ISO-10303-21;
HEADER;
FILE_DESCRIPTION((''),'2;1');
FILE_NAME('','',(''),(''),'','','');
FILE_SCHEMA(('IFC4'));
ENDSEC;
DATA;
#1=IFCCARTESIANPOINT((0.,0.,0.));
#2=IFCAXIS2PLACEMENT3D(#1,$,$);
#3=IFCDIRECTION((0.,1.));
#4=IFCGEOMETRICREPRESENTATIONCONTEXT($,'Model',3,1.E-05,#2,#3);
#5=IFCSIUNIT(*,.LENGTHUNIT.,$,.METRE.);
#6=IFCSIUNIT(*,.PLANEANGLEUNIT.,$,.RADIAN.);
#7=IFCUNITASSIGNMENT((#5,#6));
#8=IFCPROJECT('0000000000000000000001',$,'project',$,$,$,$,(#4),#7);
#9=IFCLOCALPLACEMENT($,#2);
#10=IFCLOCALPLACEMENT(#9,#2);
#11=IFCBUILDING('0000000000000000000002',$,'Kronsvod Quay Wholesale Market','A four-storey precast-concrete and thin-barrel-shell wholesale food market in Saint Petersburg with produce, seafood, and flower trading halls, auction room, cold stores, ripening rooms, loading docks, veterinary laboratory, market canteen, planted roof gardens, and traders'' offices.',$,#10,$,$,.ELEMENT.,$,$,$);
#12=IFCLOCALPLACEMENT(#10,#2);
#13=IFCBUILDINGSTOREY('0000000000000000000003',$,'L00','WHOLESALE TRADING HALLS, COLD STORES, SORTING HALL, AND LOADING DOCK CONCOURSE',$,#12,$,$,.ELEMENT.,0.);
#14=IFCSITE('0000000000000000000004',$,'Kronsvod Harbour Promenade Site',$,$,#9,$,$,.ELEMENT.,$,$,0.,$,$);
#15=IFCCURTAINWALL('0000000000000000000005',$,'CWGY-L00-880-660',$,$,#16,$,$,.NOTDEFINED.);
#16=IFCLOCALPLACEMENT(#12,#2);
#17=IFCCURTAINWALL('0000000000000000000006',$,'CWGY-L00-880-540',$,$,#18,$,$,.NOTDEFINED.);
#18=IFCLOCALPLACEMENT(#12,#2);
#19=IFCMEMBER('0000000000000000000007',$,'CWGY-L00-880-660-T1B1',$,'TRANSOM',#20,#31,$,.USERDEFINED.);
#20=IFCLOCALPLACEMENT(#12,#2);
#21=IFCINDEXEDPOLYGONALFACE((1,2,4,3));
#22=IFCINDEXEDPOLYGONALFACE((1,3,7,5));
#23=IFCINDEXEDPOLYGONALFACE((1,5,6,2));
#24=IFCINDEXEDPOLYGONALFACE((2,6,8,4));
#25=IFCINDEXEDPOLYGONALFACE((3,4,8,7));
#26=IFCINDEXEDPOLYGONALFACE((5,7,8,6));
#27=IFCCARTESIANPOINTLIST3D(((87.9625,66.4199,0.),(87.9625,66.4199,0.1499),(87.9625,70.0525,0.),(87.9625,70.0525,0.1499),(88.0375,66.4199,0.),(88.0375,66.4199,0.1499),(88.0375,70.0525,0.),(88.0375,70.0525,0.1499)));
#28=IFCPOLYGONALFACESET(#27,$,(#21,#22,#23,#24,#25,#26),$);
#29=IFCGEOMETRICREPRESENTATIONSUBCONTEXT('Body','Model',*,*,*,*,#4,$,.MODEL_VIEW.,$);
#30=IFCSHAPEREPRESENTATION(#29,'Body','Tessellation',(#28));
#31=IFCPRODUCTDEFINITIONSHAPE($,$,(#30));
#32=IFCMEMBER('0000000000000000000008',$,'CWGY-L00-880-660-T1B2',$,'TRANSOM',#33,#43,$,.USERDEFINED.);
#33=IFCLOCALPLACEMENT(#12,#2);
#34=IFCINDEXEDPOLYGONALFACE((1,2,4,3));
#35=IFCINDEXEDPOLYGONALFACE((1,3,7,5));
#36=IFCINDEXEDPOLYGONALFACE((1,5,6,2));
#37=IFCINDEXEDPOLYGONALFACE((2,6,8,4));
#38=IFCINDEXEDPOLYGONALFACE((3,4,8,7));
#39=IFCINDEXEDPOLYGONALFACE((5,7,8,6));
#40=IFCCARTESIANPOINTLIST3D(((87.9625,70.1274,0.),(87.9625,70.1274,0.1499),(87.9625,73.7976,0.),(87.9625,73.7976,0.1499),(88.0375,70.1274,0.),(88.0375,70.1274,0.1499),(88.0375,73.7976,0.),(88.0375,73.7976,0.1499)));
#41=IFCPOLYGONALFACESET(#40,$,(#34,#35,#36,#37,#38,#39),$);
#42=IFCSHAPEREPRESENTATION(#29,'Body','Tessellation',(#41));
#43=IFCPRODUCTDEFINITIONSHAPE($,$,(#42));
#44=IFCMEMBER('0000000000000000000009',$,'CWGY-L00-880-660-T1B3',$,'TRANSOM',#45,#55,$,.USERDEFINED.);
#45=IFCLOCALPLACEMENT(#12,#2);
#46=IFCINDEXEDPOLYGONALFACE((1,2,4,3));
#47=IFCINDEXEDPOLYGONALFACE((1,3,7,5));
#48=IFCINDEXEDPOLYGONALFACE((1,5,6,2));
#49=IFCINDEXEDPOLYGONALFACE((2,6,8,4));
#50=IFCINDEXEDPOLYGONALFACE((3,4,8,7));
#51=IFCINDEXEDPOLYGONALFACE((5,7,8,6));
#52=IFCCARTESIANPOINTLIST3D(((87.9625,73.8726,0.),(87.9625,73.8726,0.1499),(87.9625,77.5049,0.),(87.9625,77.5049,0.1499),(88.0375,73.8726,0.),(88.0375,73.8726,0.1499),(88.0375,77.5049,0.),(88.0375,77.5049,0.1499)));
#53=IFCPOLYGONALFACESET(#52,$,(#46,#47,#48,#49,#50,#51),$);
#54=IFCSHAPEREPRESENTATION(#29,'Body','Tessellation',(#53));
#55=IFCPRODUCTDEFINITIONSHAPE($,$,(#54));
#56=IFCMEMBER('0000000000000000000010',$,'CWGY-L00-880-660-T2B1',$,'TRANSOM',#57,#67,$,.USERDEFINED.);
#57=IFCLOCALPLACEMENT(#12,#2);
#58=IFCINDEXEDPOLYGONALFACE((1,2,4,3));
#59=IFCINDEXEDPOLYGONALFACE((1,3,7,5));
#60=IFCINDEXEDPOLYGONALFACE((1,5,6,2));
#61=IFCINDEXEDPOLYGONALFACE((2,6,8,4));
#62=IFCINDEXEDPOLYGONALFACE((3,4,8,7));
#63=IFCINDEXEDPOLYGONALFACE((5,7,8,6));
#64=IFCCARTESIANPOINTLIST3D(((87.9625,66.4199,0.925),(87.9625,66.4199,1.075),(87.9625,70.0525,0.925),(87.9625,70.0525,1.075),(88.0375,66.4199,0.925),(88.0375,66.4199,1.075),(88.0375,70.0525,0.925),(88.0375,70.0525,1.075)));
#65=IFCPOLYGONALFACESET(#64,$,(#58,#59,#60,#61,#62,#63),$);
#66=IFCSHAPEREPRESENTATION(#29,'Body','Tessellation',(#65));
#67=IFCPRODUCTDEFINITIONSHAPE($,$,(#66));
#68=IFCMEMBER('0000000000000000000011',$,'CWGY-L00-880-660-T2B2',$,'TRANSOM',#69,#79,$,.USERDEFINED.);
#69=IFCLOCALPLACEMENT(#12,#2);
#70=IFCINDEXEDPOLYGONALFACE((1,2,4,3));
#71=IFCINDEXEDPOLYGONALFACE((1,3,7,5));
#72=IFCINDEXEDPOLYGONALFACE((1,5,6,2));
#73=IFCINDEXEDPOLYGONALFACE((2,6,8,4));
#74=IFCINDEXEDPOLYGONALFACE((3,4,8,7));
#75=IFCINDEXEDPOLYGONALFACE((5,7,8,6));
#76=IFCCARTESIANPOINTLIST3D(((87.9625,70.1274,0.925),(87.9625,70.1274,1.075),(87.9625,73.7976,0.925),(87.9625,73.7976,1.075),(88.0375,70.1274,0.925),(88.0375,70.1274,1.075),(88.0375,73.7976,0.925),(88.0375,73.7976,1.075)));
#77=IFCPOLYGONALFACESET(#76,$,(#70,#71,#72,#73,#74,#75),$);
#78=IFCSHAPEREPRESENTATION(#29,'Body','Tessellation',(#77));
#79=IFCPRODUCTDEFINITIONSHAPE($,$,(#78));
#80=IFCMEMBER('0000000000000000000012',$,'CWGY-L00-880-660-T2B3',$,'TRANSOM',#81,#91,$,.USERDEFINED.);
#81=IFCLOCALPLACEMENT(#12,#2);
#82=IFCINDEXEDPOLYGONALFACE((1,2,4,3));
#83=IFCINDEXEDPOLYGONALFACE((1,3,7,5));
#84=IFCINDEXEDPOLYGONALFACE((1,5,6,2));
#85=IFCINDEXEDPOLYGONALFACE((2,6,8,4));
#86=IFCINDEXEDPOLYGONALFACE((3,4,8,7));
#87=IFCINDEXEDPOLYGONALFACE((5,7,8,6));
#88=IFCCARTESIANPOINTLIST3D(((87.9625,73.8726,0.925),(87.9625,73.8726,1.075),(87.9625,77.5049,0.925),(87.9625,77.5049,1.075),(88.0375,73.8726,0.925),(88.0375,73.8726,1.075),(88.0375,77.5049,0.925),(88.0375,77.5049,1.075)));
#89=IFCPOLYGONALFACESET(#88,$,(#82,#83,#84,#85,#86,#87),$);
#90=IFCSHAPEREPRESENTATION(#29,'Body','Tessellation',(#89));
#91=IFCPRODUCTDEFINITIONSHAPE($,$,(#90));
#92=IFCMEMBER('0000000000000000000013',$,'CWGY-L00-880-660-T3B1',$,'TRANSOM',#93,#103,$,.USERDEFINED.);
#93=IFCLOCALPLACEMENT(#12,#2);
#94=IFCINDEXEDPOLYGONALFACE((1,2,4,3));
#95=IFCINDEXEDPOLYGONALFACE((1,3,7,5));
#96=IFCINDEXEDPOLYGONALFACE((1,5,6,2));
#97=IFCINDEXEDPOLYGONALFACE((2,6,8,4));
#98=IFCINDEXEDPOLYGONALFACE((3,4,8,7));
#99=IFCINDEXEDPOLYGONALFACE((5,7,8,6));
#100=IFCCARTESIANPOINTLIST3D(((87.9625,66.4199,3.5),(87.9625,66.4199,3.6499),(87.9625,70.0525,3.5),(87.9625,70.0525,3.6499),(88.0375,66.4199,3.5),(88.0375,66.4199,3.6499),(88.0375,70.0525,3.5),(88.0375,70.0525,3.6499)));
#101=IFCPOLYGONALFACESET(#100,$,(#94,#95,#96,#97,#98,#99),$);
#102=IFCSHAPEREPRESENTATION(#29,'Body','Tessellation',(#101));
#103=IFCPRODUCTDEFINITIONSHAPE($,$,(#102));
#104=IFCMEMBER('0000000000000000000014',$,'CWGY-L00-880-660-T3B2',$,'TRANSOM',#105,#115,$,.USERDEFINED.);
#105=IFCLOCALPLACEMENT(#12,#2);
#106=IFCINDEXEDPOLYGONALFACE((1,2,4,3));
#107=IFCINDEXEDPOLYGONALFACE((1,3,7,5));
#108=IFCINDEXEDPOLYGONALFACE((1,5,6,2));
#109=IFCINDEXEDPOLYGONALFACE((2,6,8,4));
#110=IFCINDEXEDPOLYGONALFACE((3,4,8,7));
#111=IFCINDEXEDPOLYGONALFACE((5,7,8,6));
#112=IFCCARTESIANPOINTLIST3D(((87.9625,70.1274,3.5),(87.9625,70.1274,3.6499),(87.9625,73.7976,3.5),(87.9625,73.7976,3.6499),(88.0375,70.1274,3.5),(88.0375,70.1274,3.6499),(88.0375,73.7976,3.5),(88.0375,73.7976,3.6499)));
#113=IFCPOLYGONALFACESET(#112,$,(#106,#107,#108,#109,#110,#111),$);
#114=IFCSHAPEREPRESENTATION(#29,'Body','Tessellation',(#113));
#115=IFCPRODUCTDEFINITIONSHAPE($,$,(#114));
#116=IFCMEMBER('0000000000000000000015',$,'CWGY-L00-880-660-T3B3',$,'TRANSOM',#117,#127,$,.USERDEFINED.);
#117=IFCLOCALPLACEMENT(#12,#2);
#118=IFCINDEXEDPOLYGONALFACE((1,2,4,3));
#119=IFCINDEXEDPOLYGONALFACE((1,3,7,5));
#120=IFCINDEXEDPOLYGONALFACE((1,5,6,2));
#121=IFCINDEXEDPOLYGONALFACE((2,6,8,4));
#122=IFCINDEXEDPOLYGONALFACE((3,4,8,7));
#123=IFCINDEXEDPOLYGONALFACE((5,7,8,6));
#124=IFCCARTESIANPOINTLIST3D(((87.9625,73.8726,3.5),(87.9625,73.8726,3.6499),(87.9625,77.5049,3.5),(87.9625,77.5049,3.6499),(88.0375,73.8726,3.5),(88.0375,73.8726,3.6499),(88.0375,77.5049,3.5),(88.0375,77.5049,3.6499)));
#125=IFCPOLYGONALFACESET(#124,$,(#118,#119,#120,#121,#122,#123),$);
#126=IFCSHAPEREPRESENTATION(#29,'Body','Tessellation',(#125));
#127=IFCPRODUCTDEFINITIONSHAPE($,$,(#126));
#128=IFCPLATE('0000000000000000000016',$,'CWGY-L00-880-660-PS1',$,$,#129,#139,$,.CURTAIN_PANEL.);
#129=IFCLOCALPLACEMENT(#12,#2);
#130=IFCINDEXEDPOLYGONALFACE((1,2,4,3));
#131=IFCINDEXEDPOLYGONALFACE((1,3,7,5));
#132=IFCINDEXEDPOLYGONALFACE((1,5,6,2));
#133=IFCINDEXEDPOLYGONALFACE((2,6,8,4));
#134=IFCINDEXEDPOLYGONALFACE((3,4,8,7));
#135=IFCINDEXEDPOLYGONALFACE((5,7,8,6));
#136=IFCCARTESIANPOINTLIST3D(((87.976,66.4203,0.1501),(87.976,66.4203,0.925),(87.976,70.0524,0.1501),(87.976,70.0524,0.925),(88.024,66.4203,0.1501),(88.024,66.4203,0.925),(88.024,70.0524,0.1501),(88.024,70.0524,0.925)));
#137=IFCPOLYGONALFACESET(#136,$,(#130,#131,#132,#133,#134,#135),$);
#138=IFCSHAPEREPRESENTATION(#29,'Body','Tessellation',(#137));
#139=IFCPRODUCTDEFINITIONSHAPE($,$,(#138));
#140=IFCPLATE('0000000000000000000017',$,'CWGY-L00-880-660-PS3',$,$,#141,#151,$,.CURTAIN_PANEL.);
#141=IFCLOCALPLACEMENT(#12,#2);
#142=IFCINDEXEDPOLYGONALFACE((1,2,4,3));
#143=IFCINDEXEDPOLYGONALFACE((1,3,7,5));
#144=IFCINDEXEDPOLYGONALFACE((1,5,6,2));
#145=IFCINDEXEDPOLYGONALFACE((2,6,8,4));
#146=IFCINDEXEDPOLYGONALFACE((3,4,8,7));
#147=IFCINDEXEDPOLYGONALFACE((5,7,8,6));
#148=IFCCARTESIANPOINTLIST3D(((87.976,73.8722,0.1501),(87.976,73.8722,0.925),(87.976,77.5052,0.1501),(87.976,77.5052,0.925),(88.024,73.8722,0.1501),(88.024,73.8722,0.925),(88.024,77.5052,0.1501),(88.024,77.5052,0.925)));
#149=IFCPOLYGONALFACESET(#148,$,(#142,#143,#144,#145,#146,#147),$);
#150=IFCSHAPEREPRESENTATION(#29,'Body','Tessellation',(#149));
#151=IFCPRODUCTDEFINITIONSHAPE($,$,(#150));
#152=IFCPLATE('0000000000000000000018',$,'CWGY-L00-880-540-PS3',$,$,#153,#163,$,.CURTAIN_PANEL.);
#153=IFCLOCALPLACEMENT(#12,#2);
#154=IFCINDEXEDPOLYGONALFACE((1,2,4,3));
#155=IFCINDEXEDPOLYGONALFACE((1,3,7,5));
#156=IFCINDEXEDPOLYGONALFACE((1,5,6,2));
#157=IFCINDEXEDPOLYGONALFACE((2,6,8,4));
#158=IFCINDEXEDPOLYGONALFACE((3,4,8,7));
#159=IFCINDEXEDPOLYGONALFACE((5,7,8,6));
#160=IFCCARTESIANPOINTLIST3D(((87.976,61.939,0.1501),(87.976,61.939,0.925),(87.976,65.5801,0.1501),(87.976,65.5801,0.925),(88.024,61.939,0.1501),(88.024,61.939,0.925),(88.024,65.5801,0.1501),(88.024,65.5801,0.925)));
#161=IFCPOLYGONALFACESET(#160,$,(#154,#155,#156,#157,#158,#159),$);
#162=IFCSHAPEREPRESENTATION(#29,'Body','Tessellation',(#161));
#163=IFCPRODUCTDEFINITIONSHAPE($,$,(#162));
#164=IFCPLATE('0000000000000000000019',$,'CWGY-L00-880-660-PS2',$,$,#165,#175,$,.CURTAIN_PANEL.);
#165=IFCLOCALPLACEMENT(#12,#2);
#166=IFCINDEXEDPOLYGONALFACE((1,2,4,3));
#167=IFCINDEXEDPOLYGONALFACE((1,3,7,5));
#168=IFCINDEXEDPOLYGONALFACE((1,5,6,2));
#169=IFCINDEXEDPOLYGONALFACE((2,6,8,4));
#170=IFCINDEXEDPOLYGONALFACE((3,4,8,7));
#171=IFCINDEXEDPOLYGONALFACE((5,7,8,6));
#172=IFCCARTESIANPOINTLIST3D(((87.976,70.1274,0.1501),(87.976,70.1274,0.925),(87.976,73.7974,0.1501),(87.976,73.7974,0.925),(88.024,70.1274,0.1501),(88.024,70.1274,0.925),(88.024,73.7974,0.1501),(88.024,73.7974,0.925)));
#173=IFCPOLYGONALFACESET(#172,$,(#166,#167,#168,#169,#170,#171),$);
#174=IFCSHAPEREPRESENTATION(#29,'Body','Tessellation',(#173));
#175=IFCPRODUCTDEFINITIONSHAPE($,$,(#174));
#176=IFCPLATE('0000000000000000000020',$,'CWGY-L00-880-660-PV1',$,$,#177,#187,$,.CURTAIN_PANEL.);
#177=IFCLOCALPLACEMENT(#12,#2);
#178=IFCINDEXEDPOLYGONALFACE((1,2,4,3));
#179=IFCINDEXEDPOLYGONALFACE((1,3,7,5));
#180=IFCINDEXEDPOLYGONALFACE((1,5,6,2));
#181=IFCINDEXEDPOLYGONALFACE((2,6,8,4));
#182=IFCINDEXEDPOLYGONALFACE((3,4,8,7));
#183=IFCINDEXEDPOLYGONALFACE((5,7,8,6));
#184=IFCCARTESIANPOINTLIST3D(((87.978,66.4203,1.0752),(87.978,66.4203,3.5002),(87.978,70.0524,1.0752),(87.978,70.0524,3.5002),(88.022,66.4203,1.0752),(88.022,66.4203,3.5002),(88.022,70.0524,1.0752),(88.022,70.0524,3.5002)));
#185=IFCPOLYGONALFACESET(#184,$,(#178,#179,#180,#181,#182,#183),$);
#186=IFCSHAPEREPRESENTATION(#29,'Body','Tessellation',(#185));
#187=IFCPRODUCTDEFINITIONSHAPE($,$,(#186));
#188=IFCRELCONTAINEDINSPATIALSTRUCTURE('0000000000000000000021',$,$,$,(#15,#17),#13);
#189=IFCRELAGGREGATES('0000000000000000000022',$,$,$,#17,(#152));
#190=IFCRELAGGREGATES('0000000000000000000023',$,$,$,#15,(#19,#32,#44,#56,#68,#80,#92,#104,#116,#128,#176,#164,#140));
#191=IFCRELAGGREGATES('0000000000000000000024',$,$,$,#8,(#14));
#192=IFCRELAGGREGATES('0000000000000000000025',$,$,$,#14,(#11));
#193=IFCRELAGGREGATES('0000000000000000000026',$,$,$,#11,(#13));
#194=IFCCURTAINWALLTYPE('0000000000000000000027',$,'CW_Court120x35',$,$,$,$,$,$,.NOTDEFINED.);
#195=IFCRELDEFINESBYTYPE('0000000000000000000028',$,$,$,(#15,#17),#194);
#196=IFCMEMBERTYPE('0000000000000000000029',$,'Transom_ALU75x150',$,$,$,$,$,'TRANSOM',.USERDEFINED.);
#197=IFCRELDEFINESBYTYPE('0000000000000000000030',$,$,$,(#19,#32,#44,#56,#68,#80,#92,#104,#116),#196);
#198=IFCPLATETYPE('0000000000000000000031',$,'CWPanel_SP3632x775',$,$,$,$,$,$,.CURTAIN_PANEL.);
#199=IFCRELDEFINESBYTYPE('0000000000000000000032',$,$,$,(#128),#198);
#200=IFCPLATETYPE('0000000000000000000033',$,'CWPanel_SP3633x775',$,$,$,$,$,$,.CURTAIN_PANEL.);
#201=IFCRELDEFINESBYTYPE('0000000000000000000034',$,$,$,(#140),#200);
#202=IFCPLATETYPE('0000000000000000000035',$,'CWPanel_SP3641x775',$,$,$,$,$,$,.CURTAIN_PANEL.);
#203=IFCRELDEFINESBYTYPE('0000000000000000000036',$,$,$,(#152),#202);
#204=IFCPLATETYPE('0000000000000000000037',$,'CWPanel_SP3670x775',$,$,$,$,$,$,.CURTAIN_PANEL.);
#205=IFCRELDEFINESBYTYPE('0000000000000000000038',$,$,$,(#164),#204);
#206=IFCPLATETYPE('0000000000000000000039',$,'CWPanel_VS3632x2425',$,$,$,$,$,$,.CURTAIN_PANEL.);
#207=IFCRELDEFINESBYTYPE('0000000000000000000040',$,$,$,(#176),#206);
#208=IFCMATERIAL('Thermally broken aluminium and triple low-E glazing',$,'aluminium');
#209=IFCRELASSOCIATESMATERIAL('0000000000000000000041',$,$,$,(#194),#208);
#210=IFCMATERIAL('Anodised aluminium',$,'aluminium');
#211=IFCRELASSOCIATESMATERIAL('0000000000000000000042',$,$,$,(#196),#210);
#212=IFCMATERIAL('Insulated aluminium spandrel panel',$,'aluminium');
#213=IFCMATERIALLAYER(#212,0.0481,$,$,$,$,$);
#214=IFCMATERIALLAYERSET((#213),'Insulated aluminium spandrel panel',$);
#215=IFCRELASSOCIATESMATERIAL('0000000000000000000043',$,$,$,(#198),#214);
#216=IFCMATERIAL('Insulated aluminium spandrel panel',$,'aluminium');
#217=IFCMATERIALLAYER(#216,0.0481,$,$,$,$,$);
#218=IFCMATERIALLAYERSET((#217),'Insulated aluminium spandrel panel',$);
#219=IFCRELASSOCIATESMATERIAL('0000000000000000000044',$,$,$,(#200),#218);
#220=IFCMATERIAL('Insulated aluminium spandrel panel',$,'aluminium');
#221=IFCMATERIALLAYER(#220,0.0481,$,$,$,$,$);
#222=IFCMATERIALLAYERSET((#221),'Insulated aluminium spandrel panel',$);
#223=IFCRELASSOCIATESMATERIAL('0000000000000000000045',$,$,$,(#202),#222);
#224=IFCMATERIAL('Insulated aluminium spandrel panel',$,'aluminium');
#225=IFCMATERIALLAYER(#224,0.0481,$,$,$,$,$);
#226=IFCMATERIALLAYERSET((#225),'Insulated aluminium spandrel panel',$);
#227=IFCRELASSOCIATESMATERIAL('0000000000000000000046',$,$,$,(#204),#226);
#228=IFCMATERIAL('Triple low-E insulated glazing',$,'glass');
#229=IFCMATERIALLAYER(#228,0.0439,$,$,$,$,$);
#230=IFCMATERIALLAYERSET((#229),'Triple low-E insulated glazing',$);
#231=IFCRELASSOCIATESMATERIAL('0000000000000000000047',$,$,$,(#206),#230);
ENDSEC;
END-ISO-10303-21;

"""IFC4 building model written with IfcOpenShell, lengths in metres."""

from ifc_helpers import new_model, si_unit, direction, frame, origin, origin_2d, place, context, subcontext, project, spatial, rectangle, extrude, material, layer, layer_set, material_profile, profile_set, type_object, element, aggregate, save


model = new_model("IFC4")

# Units and contexts
model_context = context("Model", 3, precision=1e-05, world=origin(), true_north=direction((0.0, 1.0)))
body_context = subcontext(model_context, "Body", "Model", "MODEL_VIEW")
ifc_project = project(units=[si_unit("LENGTHUNIT", "METRE"), si_unit("PLANEANGLEUNIT", "RADIAN")], contexts=[model_context])

# Site, building, storey
site_placement = place(None, origin())
site = spatial("IfcSite", under=ifc_project, at=site_placement, Name="Kronsvod Harbour Promenade Site", CompositionType="ELEMENT", RefElevation=0.0)
building_placement = place(site_placement, origin())
building = spatial("IfcBuilding", under=site, at=building_placement, Name="Kronsvod Quay Wholesale Market", Description="A four-storey precast-concrete and thin-barrel-shell wholesale food market in Saint Petersburg with produce, seafood, and flower trading halls, auction room, cold stores, ripening rooms, loading docks, veterinary laboratory, market canteen, planted roof gardens, and traders' offices.", CompositionType="ELEMENT")
storey_placement = place(building_placement, origin())
storey = spatial("IfcBuildingStorey", under=building, at=storey_placement, Name="L00", Description="WHOLESALE TRADING HALLS, COLD STORES, SORTING HALL, AND LOADING DOCK CONCOURSE", CompositionType="ELEMENT", Elevation=0.0)

# Curtain wall
ifc_material_1 = material(Name="Thermally broken aluminium and triple low-E glazing", Category="aluminium")
curtain_wall_type = type_object("IfcCurtainWallType", Name="CW_Court120x35", PredefinedType="NOTDEFINED", material=ifc_material_1)
curtain_wall_1_placement = place(storey_placement, origin())
curtain_wall_1 = element("IfcCurtainWall", 1, at=curtain_wall_1_placement, inside=storey, type_object=curtain_wall_type, Name="CWGY-L00-880-660", PredefinedType="NOTDEFINED")

# Curtain wall
curtain_wall_2_placement = place(storey_placement, origin())
curtain_wall_2 = element("IfcCurtainWall", 2, at=curtain_wall_2_placement, inside=storey, type_object=curtain_wall_type, Name="CWGY-L00-880-540", PredefinedType="NOTDEFINED")
ifc_material_2 = material(Name="Anodised aluminium", Category="aluminium")
ifc_material_profile_1 = material_profile(ifc_material_2, rectangle(XDim=0.075, YDim=0.1499, at=origin_2d()), Name="ALUT75x150")
ifc_profile_set_1 = profile_set([ifc_material_profile_1], Name="Anodised aluminium")
member_type_1 = type_object("IfcMemberType", Name="Transom_ALU75x150", ElementType="TRANSOM", PredefinedType="USERDEFINED", material=ifc_profile_set_1)

# Members
member_1_placement = place(storey_placement, frame((88.0, 66.4199, 0.075), z_axis=(0.0, 1.0, 0.0), x_axis=(-1.0, 0.0, 0.0)))
member_1 = element("IfcMember", 3, at=member_1_placement, type_object=member_type_1, Name="CWGY-L00-880-660-T1B1", ObjectType="TRANSOM", PredefinedType="USERDEFINED", context=body_context, shape_type="SweptSolid", body=[
    extrude(rectangle(XDim=0.075, YDim=0.1499, at=origin_2d()), origin(), (0.0, 0.0, 1.0), 3.6326),
])
member_2_placement = place(storey_placement, frame((88.0, 70.1274, 0.075), z_axis=(0.0, 1.0, 0.0), x_axis=(-1.0, 0.0, 0.0)))
member_2 = element("IfcMember", 4, at=member_2_placement, type_object=member_type_1, Name="CWGY-L00-880-660-T1B2", ObjectType="TRANSOM", PredefinedType="USERDEFINED", context=body_context, shape_type="SweptSolid", body=[
    extrude(rectangle(XDim=0.075, YDim=0.1499, at=origin_2d()), origin(), (0.0, 0.0, 1.0), 3.6702),
])
member_3_placement = place(storey_placement, frame((88.0, 73.8726, 0.075), z_axis=(0.0, 1.0, 0.0), x_axis=(-1.0, 0.0, 0.0)))
member_3 = element("IfcMember", 5, at=member_3_placement, type_object=member_type_1, Name="CWGY-L00-880-660-T1B3", ObjectType="TRANSOM", PredefinedType="USERDEFINED", context=body_context, shape_type="SweptSolid", body=[
    extrude(rectangle(XDim=0.075, YDim=0.1499, at=origin_2d()), origin(), (0.0, 0.0, 1.0), 3.6323),
])
member_4_placement = place(storey_placement, frame((88.0, 66.4199, 1.0), z_axis=(0.0, 1.0, 0.0), x_axis=(-1.0, 0.0, 0.0)))
member_4 = element("IfcMember", 6, at=member_4_placement, type_object=member_type_1, Name="CWGY-L00-880-660-T2B1", ObjectType="TRANSOM", PredefinedType="USERDEFINED", context=body_context, shape_type="SweptSolid", body=[
    extrude(rectangle(XDim=0.075, YDim=0.1499, at=origin_2d()), origin(), (0.0, 0.0, 1.0), 3.6326),
])
member_5_placement = place(storey_placement, frame((88.0, 70.1274, 1.0), z_axis=(0.0, 1.0, 0.0), x_axis=(-1.0, 0.0, 0.0)))
member_5 = element("IfcMember", 7, at=member_5_placement, type_object=member_type_1, Name="CWGY-L00-880-660-T2B2", ObjectType="TRANSOM", PredefinedType="USERDEFINED", context=body_context, shape_type="SweptSolid", body=[
    extrude(rectangle(XDim=0.075, YDim=0.1499, at=origin_2d()), origin(), (0.0, 0.0, 1.0), 3.6702),
])
member_6_placement = place(storey_placement, frame((88.0, 73.8726, 1.0), z_axis=(0.0, 1.0, 0.0), x_axis=(-1.0, 0.0, 0.0)))
member_6 = element("IfcMember", 8, at=member_6_placement, type_object=member_type_1, Name="CWGY-L00-880-660-T2B3", ObjectType="TRANSOM", PredefinedType="USERDEFINED", context=body_context, shape_type="SweptSolid", body=[
    extrude(rectangle(XDim=0.075, YDim=0.1499, at=origin_2d()), origin(), (0.0, 0.0, 1.0), 3.6323),
])
member_7_placement = place(storey_placement, frame((88.0, 66.4199, 3.575), z_axis=(0.0, 1.0, 0.0), x_axis=(-1.0, 0.0, 0.0)))
member_7 = element("IfcMember", 9, at=member_7_placement, type_object=member_type_1, Name="CWGY-L00-880-660-T3B1", ObjectType="TRANSOM", PredefinedType="USERDEFINED", context=body_context, shape_type="SweptSolid", body=[
    extrude(rectangle(XDim=0.075, YDim=0.1499, at=origin_2d()), origin(), (0.0, 0.0, 1.0), 3.6326),
])
member_8_placement = place(storey_placement, frame((88.0, 70.1274, 3.575), z_axis=(0.0, 1.0, 0.0), x_axis=(-1.0, 0.0, 0.0)))
member_8 = element("IfcMember", 10, at=member_8_placement, type_object=member_type_1, Name="CWGY-L00-880-660-T3B2", ObjectType="TRANSOM", PredefinedType="USERDEFINED", context=body_context, shape_type="SweptSolid", body=[
    extrude(rectangle(XDim=0.075, YDim=0.1499, at=origin_2d()), origin(), (0.0, 0.0, 1.0), 3.6702),
])
member_9_placement = place(storey_placement, frame((88.0, 73.8726, 3.575), z_axis=(0.0, 1.0, 0.0), x_axis=(-1.0, 0.0, 0.0)))
member_9 = element("IfcMember", 11, at=member_9_placement, type_object=member_type_1, Name="CWGY-L00-880-660-T3B3", ObjectType="TRANSOM", PredefinedType="USERDEFINED", context=body_context, shape_type="SweptSolid", body=[
    extrude(rectangle(XDim=0.075, YDim=0.1499, at=origin_2d()), origin(), (0.0, 0.0, 1.0), 3.6323),
])

# Plates
ifc_material_3 = material(Name="Insulated aluminium spandrel panel", Category="aluminium")
ifc_layer_1 = layer(ifc_material_3, 0.0481)
ifc_layer_set_1 = layer_set([ifc_layer_1], Name="Insulated aluminium spandrel panel")
plate_type_1 = type_object("IfcPlateType", Name="CWPanel_SP3632x775", PredefinedType="CURTAIN_PANEL", material=ifc_layer_set_1)
plate_1_placement = place(storey_placement, frame((88.0, 68.2363, 0.1501), z_axis=(0.0, 0.0, 1.0), x_axis=(0.0, 1.0, 0.0)))
plate_1 = element("IfcPlate", 12, at=plate_1_placement, type_object=plate_type_1, Name="CWGY-L00-880-660-PS1", PredefinedType="CURTAIN_PANEL", context=body_context, shape_type="SweptSolid", body=[
    extrude(rectangle(XDim=3.6321, YDim=0.0481, at=origin_2d()), origin(), (0.0, 0.0, 1.0), 0.7749),
])
ifc_material_4 = material(Name="Insulated aluminium spandrel panel", Category="aluminium")
ifc_layer_2 = layer(ifc_material_4, 0.0481)
ifc_layer_set_2 = layer_set([ifc_layer_2], Name="Insulated aluminium spandrel panel")
plate_type_2 = type_object("IfcPlateType", Name="CWPanel_SP3633x775", PredefinedType="CURTAIN_PANEL", material=ifc_layer_set_2)
plate_2_placement = place(storey_placement, frame((88.0, 75.6887, 0.1501), z_axis=(0.0, 0.0, 1.0), x_axis=(0.0, 1.0, 0.0)))
plate_2 = element("IfcPlate", 13, at=plate_2_placement, type_object=plate_type_2, Name="CWGY-L00-880-660-PS3", PredefinedType="CURTAIN_PANEL", context=body_context, shape_type="SweptSolid", body=[
    extrude(rectangle(XDim=3.6331, YDim=0.0481, at=origin_2d()), origin(), (0.0, 0.0, 1.0), 0.7749),
])
ifc_material_5 = material(Name="Insulated aluminium spandrel panel", Category="aluminium")
ifc_layer_3 = layer(ifc_material_5, 0.0481)
ifc_layer_set_3 = layer_set([ifc_layer_3], Name="Insulated aluminium spandrel panel")
plate_type_3 = type_object("IfcPlateType", Name="CWPanel_SP3641x775", PredefinedType="CURTAIN_PANEL", material=ifc_layer_set_3)
plate_3_placement = place(storey_placement, frame((88.0, 63.7595, 0.1501), z_axis=(0.0, 0.0, 1.0), x_axis=(0.0, 1.0, 0.0)))
plate_3 = element("IfcPlate", 14, at=plate_3_placement, type_object=plate_type_3, Name="CWGY-L00-880-540-PS3", PredefinedType="CURTAIN_PANEL", context=body_context, shape_type="SweptSolid", body=[
    extrude(rectangle(XDim=3.6411, YDim=0.0481, at=origin_2d()), origin(), (0.0, 0.0, 1.0), 0.7749),
])
ifc_material_6 = material(Name="Insulated aluminium spandrel panel", Category="aluminium")
ifc_layer_4 = layer(ifc_material_6, 0.0481)
ifc_layer_set_4 = layer_set([ifc_layer_4], Name="Insulated aluminium spandrel panel")
plate_type_4 = type_object("IfcPlateType", Name="CWPanel_SP3670x775", PredefinedType="CURTAIN_PANEL", material=ifc_layer_set_4)
plate_4_placement = place(storey_placement, frame((88.0, 71.9624, 0.1501), z_axis=(0.0, 0.0, 1.0), x_axis=(0.0, 1.0, 0.0)))
plate_4 = element("IfcPlate", 15, at=plate_4_placement, type_object=plate_type_4, Name="CWGY-L00-880-660-PS2", PredefinedType="CURTAIN_PANEL", context=body_context, shape_type="SweptSolid", body=[
    extrude(rectangle(XDim=3.6699, YDim=0.0481, at=origin_2d()), origin(), (0.0, 0.0, 1.0), 0.7749),
])
ifc_material_7 = material(Name="Triple low-E insulated glazing", Category="glass")
ifc_layer_5 = layer(ifc_material_7, 0.0439)
ifc_layer_set_5 = layer_set([ifc_layer_5], Name="Triple low-E insulated glazing")
plate_type_5 = type_object("IfcPlateType", Name="CWPanel_VS3632x2425", PredefinedType="CURTAIN_PANEL", material=ifc_layer_set_5)
plate_5_placement = place(storey_placement, frame((88.0, 68.2363, 1.0752), z_axis=(0.0, 0.0, 1.0), x_axis=(0.0, 1.0, 0.0)))
plate_5 = element("IfcPlate", 16, at=plate_5_placement, type_object=plate_type_5, Name="CWGY-L00-880-660-PV1", PredefinedType="CURTAIN_PANEL", context=body_context, shape_type="SweptSolid", body=[
    extrude(rectangle(XDim=3.6321, YDim=0.0439, at=origin_2d()), origin(), (0.0, 0.0, 1.0), 2.425),
])
aggregate(curtain_wall_2, [plate_3])
aggregate(curtain_wall_1, [member_1, member_2, member_3, member_4, member_5, member_6, member_7, member_8, member_9, plate_1, plate_5, plate_4, plate_2])

save(model, "model.ifc")
